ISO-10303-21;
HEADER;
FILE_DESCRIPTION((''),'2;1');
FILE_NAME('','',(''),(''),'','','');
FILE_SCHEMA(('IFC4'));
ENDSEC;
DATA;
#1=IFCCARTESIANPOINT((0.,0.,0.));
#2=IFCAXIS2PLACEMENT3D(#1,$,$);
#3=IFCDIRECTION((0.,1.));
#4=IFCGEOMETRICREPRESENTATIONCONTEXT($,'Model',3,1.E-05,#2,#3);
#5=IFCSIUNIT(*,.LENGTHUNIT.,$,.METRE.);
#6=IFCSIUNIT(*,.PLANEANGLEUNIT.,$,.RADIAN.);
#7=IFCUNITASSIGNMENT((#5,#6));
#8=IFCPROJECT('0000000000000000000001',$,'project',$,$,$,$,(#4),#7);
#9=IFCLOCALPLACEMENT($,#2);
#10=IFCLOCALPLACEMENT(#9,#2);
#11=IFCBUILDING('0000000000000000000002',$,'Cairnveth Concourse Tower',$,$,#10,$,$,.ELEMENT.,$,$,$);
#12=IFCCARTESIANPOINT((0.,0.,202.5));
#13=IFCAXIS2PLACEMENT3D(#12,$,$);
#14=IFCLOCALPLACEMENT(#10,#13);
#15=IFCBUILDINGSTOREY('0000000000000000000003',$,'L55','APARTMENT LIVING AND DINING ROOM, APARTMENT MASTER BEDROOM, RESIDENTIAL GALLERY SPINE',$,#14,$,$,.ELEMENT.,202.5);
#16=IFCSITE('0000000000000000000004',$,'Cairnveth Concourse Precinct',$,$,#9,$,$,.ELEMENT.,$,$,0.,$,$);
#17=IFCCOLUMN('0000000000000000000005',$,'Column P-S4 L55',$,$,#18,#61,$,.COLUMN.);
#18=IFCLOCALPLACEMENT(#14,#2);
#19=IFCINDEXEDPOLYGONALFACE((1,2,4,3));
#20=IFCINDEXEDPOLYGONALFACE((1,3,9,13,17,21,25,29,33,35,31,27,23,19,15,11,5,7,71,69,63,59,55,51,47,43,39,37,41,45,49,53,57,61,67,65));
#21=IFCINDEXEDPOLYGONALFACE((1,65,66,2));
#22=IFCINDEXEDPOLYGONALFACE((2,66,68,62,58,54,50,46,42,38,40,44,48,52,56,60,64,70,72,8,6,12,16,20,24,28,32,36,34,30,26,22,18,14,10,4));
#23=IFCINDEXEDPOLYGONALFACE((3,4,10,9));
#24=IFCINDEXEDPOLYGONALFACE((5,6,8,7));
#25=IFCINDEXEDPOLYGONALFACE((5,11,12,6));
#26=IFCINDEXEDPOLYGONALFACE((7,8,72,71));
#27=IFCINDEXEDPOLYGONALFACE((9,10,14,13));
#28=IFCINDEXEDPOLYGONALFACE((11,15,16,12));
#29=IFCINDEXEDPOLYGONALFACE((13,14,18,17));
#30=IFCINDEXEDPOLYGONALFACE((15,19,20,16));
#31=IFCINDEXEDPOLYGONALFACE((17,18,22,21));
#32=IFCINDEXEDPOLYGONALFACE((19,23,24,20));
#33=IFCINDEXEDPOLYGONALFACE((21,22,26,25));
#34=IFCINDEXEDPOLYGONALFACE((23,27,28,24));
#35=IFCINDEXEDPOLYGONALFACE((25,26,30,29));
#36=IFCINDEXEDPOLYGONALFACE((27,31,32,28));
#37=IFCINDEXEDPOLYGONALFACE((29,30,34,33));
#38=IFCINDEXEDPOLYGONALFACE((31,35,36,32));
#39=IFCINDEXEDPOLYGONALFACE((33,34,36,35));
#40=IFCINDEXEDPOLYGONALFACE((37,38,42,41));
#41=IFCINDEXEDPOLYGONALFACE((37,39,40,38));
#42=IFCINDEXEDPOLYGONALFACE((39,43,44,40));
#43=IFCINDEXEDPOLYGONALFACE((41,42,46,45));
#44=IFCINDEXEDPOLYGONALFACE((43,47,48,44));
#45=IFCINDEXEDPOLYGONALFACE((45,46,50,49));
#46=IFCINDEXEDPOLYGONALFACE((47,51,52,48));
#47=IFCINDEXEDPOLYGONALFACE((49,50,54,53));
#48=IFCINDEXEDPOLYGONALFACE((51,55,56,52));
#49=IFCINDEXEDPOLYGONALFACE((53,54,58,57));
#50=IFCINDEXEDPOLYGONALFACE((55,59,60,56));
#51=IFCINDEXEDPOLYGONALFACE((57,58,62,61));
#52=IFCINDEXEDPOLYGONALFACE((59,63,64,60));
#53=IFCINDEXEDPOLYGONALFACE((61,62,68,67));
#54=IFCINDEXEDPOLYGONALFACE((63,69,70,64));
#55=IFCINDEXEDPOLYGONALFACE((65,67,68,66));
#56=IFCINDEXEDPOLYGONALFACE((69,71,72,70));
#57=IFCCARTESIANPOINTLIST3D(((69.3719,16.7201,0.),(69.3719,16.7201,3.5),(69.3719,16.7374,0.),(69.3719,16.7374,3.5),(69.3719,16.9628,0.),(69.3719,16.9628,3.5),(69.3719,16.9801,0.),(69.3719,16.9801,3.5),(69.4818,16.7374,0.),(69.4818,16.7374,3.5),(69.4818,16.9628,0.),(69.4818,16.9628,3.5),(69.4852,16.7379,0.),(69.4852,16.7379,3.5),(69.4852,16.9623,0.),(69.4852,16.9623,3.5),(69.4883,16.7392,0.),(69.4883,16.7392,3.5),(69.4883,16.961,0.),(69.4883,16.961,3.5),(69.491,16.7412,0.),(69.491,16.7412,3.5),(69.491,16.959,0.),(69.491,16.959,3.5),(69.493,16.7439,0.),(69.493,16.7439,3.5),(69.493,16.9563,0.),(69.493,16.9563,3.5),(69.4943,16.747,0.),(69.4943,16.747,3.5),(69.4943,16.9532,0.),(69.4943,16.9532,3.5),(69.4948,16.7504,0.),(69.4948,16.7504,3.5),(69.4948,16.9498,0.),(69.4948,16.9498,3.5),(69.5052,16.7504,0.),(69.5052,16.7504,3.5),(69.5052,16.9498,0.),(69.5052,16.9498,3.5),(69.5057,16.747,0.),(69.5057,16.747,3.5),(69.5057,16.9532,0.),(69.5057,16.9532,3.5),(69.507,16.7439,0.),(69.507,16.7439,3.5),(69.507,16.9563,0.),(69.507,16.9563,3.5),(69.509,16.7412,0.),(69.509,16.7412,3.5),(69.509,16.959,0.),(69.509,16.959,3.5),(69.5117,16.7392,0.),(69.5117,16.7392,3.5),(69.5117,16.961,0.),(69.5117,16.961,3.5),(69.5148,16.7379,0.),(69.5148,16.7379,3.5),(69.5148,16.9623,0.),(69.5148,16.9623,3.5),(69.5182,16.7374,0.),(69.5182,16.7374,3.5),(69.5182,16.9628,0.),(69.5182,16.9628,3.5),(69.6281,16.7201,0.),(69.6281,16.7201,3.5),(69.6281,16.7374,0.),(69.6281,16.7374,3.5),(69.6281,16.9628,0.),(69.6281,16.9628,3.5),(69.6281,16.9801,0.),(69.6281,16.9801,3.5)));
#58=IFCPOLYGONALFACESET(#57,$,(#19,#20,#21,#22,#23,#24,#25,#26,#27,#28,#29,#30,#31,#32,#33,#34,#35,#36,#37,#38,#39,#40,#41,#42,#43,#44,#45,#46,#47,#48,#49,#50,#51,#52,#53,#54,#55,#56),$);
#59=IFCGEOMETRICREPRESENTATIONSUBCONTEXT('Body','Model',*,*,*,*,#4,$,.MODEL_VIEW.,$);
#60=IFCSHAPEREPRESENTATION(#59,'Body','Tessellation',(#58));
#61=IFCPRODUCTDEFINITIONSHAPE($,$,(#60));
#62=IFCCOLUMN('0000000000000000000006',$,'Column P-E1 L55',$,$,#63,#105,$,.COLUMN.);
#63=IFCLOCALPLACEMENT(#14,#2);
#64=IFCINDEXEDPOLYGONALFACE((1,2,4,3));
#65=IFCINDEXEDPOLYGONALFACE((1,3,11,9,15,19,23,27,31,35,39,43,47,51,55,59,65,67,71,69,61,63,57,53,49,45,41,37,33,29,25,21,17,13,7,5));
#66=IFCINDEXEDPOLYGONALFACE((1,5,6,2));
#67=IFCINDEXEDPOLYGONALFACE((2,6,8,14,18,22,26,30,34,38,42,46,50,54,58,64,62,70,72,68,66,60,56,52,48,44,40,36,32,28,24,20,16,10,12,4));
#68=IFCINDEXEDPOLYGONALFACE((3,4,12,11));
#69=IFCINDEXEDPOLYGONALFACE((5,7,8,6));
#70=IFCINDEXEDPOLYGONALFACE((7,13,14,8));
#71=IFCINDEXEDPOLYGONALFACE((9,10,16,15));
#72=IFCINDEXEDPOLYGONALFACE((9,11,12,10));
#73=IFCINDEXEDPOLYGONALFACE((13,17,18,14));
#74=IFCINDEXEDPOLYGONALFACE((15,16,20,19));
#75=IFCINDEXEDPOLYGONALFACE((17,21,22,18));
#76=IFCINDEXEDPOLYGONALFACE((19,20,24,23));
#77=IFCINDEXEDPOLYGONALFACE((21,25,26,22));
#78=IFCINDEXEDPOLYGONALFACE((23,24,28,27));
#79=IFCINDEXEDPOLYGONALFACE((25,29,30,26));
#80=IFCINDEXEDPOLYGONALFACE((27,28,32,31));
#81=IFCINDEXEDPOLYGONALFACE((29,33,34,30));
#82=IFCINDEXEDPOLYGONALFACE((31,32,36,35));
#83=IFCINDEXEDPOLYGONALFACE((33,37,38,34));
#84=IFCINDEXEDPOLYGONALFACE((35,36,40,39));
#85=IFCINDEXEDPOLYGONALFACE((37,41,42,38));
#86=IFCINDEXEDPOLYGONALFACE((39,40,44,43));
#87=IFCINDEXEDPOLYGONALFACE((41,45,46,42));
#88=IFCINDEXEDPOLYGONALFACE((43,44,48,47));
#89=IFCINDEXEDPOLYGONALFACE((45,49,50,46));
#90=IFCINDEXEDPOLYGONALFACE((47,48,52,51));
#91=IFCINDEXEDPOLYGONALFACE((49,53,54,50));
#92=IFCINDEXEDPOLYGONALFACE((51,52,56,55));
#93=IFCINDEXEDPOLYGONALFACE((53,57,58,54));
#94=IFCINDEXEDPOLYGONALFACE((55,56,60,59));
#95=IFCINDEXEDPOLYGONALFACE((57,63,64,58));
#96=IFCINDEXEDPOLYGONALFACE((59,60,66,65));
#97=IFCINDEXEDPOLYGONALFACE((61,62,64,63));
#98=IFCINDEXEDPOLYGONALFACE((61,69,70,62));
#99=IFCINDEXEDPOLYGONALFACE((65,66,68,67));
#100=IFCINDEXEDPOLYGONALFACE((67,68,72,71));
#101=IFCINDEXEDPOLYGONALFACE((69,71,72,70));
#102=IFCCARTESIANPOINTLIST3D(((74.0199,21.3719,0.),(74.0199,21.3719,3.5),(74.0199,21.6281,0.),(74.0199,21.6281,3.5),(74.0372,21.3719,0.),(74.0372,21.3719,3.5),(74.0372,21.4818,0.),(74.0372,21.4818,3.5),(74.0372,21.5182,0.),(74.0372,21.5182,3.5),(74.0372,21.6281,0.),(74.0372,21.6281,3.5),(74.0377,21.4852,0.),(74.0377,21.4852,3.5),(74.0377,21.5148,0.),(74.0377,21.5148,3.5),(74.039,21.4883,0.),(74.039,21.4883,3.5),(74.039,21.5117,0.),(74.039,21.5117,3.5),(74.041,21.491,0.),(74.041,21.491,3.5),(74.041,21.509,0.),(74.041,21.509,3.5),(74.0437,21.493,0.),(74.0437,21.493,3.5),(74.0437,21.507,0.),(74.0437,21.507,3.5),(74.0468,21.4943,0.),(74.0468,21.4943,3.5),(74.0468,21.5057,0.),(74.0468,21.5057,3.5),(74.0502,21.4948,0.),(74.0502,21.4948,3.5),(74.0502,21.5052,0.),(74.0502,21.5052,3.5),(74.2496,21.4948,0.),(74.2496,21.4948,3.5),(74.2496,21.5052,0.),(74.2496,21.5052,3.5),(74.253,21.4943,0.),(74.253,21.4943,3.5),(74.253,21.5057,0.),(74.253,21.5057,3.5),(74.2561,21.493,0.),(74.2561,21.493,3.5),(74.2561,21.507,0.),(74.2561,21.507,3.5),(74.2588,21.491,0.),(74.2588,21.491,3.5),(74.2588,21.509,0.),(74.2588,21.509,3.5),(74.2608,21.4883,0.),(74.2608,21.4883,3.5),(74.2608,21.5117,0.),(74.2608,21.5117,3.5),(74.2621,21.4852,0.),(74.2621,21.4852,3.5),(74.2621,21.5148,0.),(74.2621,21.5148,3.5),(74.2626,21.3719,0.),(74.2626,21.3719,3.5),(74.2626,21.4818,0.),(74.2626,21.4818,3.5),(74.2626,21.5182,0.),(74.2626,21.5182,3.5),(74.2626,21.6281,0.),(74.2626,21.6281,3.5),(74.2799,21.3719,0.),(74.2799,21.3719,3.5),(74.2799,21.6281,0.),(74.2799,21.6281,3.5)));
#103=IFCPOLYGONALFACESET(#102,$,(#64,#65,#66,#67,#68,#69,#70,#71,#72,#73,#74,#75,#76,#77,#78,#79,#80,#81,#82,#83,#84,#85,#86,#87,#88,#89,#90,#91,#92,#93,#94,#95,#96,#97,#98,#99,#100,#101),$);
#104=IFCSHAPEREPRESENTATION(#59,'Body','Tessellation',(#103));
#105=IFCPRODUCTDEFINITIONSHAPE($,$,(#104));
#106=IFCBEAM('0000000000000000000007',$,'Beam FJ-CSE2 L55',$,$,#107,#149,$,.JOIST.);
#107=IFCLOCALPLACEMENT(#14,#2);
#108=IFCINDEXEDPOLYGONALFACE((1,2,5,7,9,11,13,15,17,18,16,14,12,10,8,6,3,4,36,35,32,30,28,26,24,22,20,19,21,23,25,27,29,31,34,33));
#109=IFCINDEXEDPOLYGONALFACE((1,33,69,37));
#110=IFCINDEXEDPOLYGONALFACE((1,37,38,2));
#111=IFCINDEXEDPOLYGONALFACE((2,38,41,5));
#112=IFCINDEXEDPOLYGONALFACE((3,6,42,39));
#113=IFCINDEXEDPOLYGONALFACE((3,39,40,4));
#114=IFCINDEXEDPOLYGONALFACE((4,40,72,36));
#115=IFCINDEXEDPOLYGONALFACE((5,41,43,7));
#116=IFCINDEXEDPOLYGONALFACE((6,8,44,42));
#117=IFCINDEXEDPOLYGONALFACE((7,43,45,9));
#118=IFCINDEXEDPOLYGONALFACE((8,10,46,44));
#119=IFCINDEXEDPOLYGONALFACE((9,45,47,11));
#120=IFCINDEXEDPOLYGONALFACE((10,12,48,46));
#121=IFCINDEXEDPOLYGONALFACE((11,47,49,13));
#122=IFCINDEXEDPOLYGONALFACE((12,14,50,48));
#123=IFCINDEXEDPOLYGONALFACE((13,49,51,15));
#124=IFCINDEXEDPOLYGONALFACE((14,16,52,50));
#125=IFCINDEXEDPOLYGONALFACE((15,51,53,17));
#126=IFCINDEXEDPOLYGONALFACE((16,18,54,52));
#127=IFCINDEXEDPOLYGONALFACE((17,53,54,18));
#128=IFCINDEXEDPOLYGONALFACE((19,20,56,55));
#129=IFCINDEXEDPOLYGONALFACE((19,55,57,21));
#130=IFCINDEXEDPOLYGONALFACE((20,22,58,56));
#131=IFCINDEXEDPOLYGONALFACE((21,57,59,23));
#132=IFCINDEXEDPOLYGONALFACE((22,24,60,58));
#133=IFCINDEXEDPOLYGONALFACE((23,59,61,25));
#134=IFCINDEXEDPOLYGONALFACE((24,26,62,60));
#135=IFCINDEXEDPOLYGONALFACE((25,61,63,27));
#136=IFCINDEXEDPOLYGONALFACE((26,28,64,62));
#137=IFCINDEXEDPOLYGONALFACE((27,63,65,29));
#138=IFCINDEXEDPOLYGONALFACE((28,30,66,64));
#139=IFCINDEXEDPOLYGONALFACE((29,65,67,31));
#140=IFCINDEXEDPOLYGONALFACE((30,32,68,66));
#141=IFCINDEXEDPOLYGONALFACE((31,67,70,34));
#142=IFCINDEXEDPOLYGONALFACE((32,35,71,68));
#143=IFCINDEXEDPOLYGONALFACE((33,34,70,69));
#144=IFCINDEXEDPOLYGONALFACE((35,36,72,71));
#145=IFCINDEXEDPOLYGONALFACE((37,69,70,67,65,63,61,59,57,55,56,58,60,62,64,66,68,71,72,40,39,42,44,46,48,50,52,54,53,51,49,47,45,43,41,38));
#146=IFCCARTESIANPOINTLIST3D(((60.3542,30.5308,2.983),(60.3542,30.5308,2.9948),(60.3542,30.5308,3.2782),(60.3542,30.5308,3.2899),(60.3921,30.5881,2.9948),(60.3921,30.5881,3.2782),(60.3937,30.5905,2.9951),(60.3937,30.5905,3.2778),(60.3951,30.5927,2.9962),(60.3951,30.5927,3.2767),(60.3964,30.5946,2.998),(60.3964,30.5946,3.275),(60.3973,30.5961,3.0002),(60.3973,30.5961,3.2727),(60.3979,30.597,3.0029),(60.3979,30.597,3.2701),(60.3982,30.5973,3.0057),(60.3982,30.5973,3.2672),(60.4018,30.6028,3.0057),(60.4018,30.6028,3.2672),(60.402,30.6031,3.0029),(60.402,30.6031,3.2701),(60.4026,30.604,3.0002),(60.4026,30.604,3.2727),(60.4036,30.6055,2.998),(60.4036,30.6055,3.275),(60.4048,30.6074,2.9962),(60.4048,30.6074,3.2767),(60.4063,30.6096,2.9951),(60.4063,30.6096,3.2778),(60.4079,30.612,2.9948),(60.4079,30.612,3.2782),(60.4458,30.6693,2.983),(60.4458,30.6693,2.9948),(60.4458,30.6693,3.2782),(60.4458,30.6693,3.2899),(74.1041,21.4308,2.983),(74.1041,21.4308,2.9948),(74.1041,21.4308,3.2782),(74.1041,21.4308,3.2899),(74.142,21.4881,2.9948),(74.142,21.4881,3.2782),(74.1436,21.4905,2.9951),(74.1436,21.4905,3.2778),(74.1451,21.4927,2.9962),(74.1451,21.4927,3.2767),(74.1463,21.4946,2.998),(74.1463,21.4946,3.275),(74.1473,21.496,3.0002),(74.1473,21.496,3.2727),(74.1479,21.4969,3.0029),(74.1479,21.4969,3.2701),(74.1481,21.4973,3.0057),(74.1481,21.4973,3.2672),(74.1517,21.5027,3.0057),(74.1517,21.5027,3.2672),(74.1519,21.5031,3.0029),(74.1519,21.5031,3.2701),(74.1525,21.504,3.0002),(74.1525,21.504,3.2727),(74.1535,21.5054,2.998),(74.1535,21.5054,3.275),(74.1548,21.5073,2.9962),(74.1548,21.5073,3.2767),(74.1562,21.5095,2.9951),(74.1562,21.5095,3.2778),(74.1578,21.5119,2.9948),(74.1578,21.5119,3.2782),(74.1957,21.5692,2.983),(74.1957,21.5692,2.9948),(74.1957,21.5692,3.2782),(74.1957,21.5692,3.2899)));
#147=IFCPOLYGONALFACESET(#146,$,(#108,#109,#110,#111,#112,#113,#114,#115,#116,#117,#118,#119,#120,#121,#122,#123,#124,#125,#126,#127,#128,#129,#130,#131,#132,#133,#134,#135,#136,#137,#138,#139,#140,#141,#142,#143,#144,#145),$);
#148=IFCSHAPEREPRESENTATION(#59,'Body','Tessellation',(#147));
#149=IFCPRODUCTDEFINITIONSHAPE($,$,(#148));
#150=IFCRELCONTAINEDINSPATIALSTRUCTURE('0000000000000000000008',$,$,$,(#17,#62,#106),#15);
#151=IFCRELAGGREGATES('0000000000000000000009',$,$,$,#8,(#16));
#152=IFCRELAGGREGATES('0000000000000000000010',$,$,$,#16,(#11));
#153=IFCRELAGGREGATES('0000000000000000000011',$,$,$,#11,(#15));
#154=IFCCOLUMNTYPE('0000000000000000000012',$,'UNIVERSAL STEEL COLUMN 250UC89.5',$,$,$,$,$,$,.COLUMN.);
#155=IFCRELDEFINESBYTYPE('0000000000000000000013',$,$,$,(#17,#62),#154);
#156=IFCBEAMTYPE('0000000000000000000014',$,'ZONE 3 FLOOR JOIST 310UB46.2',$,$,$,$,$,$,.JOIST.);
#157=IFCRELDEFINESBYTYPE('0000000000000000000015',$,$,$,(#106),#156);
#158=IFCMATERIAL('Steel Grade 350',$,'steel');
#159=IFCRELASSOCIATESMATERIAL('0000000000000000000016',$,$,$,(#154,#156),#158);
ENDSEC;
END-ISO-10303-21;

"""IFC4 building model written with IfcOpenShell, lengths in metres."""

from ifc_helpers import new_model, si_unit, direction, frame, origin, origin_2d, place, context, subcontext, project, spatial, i_section, extrude, material, material_profile, profile_set, type_object, element, save


model = new_model("IFC4")

# Units and contexts
model_context = context("Model", 3, precision=1e-05, world=origin(), true_north=direction((0.0, 1.0)))
body_context = subcontext(model_context, "Body", "Model", "MODEL_VIEW")
ifc_project = project(units=[si_unit("LENGTHUNIT", "METRE"), si_unit("PLANEANGLEUNIT", "RADIAN")], contexts=[model_context])

# Site, building, storey
site_placement = place(None, origin())
site = spatial("IfcSite", under=ifc_project, at=site_placement, Name="Cairnveth Concourse Precinct", CompositionType="ELEMENT", RefElevation=0.0)
building_placement = place(site_placement, origin())
building = spatial("IfcBuilding", under=site, at=building_placement, Name="Cairnveth Concourse Tower", CompositionType="ELEMENT")
storey_placement = place(building_placement, frame((0.0, 0.0, 202.5)))
storey = spatial("IfcBuildingStorey", under=building, at=storey_placement, Name="L55", Description="APARTMENT LIVING AND DINING ROOM, APARTMENT MASTER BEDROOM, RESIDENTIAL GALLERY SPINE", CompositionType="ELEMENT", Elevation=202.5)

# Columns
ifc_material_1 = material(Name="Steel Grade 350", Category="steel")
ifc_material_profile_1 = material_profile(ifc_material_1, i_section(OverallWidth=0.2561, OverallDepth=0.26, WebThickness=0.0105, FlangeThickness=0.0173, FilletRadius=0.0129, at=origin_2d()), Name="250UC89.5")
ifc_profile_set_1 = profile_set([ifc_material_profile_1], Name="Steel Grade 350")
column_type = type_object("IfcColumnType", Name="UNIVERSAL STEEL COLUMN 250UC89.5", PredefinedType="COLUMN", material=ifc_profile_set_1)
for number, where, z_axis, x_axis, name in (
    (1, (69.5, 16.8501, 0.0), (0.0, 0.0, 1.0), (1.0, 0.0, 0.0), "Column P-S4 L55"),
    (2, (74.1499, 21.5, 0.0), (0.0, 0.0, 1.0), (0.0, 1.0, 0.0), "Column P-E1 L55"),
):
    element("IfcColumn", number, at=place(storey_placement, frame(where, z_axis=z_axis, x_axis=x_axis)), inside=storey, type_object=column_type, Name=name, PredefinedType="COLUMN", context=body_context, shape_type="SweptSolid", body=[
        extrude(i_section(OverallWidth=0.2561, OverallDepth=0.26, WebThickness=0.0105, FlangeThickness=0.0173, FilletRadius=0.0129, at=origin_2d()), origin(), (0.0, 0.0, 1.0), 3.5),
    ])

# Beam
ifc_material_profile_2 = material_profile(ifc_material_1, i_section(OverallWidth=0.166, OverallDepth=0.3069, WebThickness=0.0066, FlangeThickness=0.0117, FilletRadius=0.011, at=origin_2d()), Name="310UB46.2")
ifc_profile_set_2 = profile_set([ifc_material_profile_2], Name="Steel Grade 350")
beam_type_1 = type_object("IfcBeamType", Name="ZONE 3 FLOOR JOIST 310UB46.2", PredefinedType="JOIST", material=ifc_profile_set_2)
beam_1_placement = place(storey_placement, frame((74.1499, 21.5, 3.1365), z_axis=(-0.833909, 0.551902, 0.0), x_axis=(-0.551902, -0.833909, 0.0)))
element("IfcBeam", 3, at=beam_1_placement, inside=storey, type_object=beam_type_1, Name="Beam FJ-CSE2 L55", PredefinedType="JOIST", context=body_context, shape_type="SweptSolid", body=[
    extrude(i_section(OverallWidth=0.166, OverallDepth=0.3069, WebThickness=0.0066, FlangeThickness=0.0117, FilletRadius=0.011, at=origin_2d()), origin(), (0.0, 0.0, 1.0), 16.4885),
])

save(model, "model.ifc")
